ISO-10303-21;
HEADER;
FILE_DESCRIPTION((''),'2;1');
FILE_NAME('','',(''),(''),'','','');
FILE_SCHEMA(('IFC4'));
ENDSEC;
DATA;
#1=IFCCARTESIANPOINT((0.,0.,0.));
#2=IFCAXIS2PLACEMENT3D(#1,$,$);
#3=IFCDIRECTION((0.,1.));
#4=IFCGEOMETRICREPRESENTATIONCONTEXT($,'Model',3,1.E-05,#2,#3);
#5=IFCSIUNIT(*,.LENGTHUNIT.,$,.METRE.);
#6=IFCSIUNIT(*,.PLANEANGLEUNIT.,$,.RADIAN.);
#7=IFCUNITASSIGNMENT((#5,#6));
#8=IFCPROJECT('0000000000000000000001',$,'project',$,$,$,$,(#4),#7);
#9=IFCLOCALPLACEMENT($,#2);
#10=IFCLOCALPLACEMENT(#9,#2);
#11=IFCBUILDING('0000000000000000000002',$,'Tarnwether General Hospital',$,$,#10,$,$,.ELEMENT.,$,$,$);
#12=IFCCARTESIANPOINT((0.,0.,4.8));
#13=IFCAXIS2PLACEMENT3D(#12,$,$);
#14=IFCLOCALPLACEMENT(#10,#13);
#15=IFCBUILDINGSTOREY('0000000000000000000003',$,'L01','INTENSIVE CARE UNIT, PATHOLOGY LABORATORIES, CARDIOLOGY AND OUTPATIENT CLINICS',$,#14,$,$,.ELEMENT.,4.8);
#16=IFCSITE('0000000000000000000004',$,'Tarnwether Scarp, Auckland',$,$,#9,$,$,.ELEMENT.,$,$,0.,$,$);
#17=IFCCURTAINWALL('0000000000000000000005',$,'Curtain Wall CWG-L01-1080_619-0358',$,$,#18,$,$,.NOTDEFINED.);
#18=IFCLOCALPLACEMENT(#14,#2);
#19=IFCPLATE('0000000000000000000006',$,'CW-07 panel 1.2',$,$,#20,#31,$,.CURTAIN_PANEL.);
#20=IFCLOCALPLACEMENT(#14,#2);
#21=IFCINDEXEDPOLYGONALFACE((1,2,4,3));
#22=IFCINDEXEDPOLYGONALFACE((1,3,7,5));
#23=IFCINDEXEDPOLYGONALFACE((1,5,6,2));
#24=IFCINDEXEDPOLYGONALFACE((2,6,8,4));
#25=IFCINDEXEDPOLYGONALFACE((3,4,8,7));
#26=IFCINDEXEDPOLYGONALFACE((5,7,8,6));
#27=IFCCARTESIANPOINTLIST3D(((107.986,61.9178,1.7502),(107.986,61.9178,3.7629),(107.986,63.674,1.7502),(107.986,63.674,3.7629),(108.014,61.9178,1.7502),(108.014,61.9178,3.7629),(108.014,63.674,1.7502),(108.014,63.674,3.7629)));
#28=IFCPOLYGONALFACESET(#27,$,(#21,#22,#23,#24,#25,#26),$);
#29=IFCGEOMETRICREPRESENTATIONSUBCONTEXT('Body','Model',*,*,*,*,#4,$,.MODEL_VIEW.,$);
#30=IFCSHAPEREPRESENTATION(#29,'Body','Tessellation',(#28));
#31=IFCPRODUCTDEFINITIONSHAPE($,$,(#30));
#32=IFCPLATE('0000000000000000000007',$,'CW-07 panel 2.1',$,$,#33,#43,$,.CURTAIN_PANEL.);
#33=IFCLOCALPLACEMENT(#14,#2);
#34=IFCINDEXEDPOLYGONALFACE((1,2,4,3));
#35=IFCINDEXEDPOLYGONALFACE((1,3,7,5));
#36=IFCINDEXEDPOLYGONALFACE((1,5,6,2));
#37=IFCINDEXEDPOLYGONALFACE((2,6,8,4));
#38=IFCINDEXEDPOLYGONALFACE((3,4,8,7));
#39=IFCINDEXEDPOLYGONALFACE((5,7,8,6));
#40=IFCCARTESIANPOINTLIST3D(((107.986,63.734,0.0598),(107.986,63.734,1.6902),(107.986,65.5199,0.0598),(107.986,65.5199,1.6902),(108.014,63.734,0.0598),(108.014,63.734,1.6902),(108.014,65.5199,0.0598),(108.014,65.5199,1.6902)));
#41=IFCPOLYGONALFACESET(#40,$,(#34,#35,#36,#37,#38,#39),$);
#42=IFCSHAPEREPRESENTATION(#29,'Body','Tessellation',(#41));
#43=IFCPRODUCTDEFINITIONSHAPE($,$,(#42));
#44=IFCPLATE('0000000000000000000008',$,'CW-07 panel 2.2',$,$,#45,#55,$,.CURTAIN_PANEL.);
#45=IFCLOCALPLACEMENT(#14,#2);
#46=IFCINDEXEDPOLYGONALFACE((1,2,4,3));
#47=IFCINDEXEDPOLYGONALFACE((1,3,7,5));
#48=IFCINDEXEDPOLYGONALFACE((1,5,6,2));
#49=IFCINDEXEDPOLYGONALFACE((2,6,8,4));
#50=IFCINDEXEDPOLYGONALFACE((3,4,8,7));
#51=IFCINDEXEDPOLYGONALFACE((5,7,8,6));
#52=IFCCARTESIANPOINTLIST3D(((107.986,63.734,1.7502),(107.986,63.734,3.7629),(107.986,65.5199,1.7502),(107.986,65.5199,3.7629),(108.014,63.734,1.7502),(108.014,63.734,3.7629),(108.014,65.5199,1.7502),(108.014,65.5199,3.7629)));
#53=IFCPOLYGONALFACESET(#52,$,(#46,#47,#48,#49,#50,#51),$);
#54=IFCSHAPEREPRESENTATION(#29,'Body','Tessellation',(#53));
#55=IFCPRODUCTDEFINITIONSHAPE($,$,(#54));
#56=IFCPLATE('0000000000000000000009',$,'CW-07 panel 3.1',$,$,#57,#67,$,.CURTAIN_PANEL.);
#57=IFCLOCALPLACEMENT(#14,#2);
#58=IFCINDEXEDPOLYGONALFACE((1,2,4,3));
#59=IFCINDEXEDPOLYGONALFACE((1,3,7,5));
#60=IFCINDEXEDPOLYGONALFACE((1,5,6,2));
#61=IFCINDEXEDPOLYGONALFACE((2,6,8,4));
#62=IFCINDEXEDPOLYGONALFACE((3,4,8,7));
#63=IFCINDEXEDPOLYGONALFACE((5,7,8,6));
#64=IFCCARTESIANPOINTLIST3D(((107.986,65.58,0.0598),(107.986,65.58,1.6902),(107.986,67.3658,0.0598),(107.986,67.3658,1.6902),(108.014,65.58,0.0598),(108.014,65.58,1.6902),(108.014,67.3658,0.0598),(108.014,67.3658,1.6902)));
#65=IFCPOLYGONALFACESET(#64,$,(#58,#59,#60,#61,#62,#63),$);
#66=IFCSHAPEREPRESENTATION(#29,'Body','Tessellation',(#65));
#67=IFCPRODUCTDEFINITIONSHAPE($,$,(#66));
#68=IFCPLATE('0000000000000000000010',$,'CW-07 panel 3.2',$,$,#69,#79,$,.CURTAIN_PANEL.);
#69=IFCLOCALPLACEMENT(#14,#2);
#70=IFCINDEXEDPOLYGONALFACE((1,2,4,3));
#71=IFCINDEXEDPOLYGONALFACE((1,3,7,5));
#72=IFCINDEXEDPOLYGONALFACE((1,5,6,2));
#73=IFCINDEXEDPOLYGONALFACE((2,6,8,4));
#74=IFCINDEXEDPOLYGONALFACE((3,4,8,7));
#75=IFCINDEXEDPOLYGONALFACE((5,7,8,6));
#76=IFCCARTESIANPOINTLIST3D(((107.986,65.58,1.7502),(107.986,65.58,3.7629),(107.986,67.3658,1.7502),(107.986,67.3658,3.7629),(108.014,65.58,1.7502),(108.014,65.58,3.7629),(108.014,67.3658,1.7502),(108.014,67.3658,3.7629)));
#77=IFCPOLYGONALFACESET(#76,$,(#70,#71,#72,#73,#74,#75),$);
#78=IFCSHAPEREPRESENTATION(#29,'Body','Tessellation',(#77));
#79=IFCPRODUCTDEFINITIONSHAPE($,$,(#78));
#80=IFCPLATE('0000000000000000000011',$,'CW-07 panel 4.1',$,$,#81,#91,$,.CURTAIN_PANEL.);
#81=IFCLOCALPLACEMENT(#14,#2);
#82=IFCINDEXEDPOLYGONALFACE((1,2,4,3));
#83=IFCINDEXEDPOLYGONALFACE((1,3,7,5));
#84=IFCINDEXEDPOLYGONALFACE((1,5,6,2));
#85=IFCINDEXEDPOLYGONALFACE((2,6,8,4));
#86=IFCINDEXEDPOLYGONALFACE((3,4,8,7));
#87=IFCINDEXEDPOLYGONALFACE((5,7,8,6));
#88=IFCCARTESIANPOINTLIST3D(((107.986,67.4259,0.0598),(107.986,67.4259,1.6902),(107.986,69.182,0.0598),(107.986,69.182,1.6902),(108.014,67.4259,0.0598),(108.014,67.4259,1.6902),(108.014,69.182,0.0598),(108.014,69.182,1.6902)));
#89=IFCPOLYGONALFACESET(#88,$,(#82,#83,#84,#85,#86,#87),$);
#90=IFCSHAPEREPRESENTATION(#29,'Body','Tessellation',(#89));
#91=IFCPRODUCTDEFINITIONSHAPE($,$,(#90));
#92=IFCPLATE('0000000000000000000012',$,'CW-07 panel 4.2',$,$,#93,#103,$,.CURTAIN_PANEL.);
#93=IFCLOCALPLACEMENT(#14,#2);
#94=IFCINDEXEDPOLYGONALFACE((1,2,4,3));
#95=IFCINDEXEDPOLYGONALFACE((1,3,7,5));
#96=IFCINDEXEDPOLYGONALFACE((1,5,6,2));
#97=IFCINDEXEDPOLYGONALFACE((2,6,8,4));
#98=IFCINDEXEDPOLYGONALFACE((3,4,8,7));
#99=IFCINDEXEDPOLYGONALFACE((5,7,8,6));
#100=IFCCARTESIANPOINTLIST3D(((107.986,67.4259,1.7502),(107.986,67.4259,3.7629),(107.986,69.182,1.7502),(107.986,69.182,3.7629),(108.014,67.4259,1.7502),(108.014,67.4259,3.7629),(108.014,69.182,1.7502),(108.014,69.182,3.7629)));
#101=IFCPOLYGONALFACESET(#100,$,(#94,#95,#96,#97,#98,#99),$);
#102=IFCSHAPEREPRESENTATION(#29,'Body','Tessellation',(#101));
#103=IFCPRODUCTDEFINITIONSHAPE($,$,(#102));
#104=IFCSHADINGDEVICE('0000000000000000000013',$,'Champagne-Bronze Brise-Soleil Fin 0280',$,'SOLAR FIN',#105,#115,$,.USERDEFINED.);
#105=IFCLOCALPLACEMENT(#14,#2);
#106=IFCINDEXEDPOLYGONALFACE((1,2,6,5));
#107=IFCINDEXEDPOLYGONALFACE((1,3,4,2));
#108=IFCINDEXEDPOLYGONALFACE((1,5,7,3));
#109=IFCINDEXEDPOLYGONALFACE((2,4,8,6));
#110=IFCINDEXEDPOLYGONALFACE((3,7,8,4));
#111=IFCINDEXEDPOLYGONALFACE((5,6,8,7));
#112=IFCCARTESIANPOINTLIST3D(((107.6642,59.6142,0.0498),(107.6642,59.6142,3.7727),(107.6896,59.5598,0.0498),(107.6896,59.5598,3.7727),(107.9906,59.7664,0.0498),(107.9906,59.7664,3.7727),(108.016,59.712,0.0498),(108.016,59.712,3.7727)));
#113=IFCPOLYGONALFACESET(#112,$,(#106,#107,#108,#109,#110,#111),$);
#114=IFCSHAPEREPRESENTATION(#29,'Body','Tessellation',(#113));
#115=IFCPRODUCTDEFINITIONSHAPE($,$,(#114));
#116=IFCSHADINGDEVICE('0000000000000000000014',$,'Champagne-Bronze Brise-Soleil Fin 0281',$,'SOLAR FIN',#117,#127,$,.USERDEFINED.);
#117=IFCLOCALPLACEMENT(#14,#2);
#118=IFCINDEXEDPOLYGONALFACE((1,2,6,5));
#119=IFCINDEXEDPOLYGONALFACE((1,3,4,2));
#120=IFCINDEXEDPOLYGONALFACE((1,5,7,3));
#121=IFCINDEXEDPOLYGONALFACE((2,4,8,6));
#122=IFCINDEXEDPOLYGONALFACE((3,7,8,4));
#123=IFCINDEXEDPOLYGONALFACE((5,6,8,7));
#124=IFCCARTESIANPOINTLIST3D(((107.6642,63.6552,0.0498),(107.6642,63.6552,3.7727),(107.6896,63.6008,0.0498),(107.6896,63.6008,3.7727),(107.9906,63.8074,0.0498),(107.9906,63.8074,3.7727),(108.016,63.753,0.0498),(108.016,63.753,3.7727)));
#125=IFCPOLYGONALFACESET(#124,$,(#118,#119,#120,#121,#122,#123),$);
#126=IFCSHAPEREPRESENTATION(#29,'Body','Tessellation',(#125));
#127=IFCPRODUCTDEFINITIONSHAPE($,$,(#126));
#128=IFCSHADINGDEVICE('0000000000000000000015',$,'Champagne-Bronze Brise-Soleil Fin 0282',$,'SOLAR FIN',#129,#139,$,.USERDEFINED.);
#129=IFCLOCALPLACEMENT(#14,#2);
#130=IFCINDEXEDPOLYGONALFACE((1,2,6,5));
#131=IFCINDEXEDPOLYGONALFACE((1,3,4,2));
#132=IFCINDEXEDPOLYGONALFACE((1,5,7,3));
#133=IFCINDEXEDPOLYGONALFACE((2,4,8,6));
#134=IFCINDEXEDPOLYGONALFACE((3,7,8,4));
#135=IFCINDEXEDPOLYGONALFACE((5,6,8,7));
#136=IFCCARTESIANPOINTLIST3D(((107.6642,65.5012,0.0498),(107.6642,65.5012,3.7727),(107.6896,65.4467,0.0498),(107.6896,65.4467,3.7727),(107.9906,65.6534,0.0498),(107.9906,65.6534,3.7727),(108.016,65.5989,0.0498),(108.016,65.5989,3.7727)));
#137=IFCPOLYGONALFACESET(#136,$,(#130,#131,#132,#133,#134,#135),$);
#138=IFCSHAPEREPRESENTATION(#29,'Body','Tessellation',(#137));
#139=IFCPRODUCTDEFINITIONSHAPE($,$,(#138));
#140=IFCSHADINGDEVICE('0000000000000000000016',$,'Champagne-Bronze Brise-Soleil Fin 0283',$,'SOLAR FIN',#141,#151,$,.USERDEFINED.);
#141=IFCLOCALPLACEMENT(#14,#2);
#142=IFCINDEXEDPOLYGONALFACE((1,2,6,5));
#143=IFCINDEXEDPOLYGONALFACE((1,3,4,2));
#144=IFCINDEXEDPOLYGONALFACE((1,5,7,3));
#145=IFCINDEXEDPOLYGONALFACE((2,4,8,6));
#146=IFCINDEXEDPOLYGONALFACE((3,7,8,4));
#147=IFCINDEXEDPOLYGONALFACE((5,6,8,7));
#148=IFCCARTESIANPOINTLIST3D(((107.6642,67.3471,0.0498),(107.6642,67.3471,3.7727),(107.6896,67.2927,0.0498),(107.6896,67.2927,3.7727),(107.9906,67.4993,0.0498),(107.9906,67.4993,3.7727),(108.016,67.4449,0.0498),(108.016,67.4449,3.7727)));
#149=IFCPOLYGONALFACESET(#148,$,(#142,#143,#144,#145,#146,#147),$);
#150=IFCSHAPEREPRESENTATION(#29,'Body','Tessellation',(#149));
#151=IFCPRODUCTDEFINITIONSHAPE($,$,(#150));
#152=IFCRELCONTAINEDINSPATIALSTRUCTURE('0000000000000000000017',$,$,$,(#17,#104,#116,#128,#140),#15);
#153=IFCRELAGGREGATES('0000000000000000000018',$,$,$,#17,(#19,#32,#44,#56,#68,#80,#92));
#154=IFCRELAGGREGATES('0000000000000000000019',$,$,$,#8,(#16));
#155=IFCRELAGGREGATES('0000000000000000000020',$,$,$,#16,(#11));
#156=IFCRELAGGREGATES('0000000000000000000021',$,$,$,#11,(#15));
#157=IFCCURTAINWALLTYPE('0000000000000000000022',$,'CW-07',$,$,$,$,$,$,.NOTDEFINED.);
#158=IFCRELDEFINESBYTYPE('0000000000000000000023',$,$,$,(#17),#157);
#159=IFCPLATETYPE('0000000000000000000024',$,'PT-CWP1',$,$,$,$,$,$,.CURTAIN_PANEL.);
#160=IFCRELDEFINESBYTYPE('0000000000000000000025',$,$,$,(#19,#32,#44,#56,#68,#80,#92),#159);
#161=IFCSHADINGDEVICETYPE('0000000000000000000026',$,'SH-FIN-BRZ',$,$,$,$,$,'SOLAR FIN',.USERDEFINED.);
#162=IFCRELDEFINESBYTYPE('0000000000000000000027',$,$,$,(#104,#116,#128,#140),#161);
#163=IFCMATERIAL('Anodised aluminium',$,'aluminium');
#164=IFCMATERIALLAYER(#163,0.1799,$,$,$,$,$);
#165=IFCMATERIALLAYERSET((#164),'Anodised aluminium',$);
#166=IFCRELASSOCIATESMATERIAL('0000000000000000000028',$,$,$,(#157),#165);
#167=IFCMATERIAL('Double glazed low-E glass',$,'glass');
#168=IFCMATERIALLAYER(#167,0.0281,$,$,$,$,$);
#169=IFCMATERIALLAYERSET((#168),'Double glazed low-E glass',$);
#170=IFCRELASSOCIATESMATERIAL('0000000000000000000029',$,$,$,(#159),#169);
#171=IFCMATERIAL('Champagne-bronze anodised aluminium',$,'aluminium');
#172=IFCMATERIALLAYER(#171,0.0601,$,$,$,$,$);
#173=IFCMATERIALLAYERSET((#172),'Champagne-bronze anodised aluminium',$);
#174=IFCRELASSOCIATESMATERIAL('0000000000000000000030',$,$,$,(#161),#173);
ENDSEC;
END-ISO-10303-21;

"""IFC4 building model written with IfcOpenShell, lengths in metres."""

from ifc_helpers import new_model, si_unit, direction, frame, origin, origin_2d, place, context, subcontext, project, spatial, rectangle, extrude, material, layer, layer_set, type_object, element, aggregate, save


model = new_model("IFC4")

# Units and contexts
model_context = context("Model", 3, precision=1e-05, world=origin(), true_north=direction((0.0, 1.0)))
body_context = subcontext(model_context, "Body", "Model", "MODEL_VIEW")
ifc_project = project(units=[si_unit("LENGTHUNIT", "METRE"), si_unit("PLANEANGLEUNIT", "RADIAN")], contexts=[model_context])

# Site, building, storey
site_placement = place(None, origin())
site = spatial("IfcSite", under=ifc_project, at=site_placement, Name="Tarnwether Scarp, Auckland", CompositionType="ELEMENT", RefElevation=0.0)
building_placement = place(site_placement, origin())
building = spatial("IfcBuilding", under=site, at=building_placement, Name="Tarnwether General Hospital", CompositionType="ELEMENT")
storey_placement = place(building_placement, frame((0.0, 0.0, 4.8)))
storey = spatial("IfcBuildingStorey", under=building, at=storey_placement, Name="L01", Description="INTENSIVE CARE UNIT, PATHOLOGY LABORATORIES, CARDIOLOGY AND OUTPATIENT CLINICS", CompositionType="ELEMENT", Elevation=4.8)

# Curtain wall
ifc_material_1 = material(Name="Anodised aluminium", Category="aluminium")
ifc_layer_1 = layer(ifc_material_1, 0.1799)
ifc_layer_set_1 = layer_set([ifc_layer_1], Name="Anodised aluminium")
curtain_wall_type = type_object("IfcCurtainWallType", Name="CW-07", PredefinedType="NOTDEFINED", material=ifc_layer_set_1)
curtain_wall_1_placement = place(storey_placement, origin())
curtain_wall_1 = element("IfcCurtainWall", 1, at=curtain_wall_1_placement, inside=storey, type_object=curtain_wall_type, Name="Curtain Wall CWG-L01-1080_619-0358", PredefinedType="NOTDEFINED")

# Plates
ifc_material_2 = material(Name="Double glazed low-E glass", Category="glass")
ifc_layer_2 = layer(ifc_material_2, 0.0281)
ifc_layer_set_2 = layer_set([ifc_layer_2], Name="Double glazed low-E glass")
plate_type = type_object("IfcPlateType", Name="PT-CWP1", PredefinedType="CURTAIN_PANEL", material=ifc_layer_set_2)
plate_1_placement = place(storey_placement, frame((108.0, 62.7959, 1.7502), z_axis=(0.0, 0.0, 1.0), x_axis=(0.0, 1.0, 0.0)))
plate_1 = element("IfcPlate", 2, at=plate_1_placement, type_object=plate_type, Name="CW-07 panel 1.2", PredefinedType="CURTAIN_PANEL", context=body_context, shape_type="SweptSolid", body=[
    extrude(rectangle(XDim=1.7561, YDim=0.0281, at=origin_2d()), origin(), (0.0, 0.0, 1.0), 2.0127),
])
plate_2_placement = place(storey_placement, frame((108.0, 64.627, 0.0598), z_axis=(0.0, 0.0, 1.0), x_axis=(0.0, 1.0, 0.0)))
plate_2 = element("IfcPlate", 3, at=plate_2_placement, type_object=plate_type, Name="CW-07 panel 2.1", PredefinedType="CURTAIN_PANEL", context=body_context, shape_type="SweptSolid", body=[
    extrude(rectangle(XDim=1.7859, YDim=0.0281, at=origin_2d()), origin(), (0.0, 0.0, 1.0), 1.6304),
])
plate_3_placement = place(storey_placement, frame((108.0, 64.627, 1.7502), z_axis=(0.0, 0.0, 1.0), x_axis=(0.0, 1.0, 0.0)))
plate_3 = element("IfcPlate", 4, at=plate_3_placement, type_object=plate_type, Name="CW-07 panel 2.2", PredefinedType="CURTAIN_PANEL", context=body_context, shape_type="SweptSolid", body=[
    extrude(rectangle(XDim=1.7859, YDim=0.0281, at=origin_2d()), origin(), (0.0, 0.0, 1.0), 2.0127),
])
plate_4_placement = place(storey_placement, frame((108.0, 66.4729, 0.0598), z_axis=(0.0, 0.0, 1.0), x_axis=(0.0, 1.0, 0.0)))
plate_4 = element("IfcPlate", 5, at=plate_4_placement, type_object=plate_type, Name="CW-07 panel 3.1", PredefinedType="CURTAIN_PANEL", context=body_context, shape_type="SweptSolid", body=[
    extrude(rectangle(XDim=1.7859, YDim=0.0281, at=origin_2d()), origin(), (0.0, 0.0, 1.0), 1.6304),
])
plate_5_placement = place(storey_placement, frame((108.0, 66.4729, 1.7502), z_axis=(0.0, 0.0, 1.0), x_axis=(0.0, 1.0, 0.0)))
plate_5 = element("IfcPlate", 6, at=plate_5_placement, type_object=plate_type, Name="CW-07 panel 3.2", PredefinedType="CURTAIN_PANEL", context=body_context, shape_type="SweptSolid", body=[
    extrude(rectangle(XDim=1.7859, YDim=0.0281, at=origin_2d()), origin(), (0.0, 0.0, 1.0), 2.0127),
])
plate_6_placement = place(storey_placement, frame((108.0, 68.304, 0.0598), z_axis=(0.0, 0.0, 1.0), x_axis=(0.0, 1.0, 0.0)))
plate_6 = element("IfcPlate", 7, at=plate_6_placement, type_object=plate_type, Name="CW-07 panel 4.1", PredefinedType="CURTAIN_PANEL", context=body_context, shape_type="SweptSolid", body=[
    extrude(rectangle(XDim=1.7561, YDim=0.0281, at=origin_2d()), origin(), (0.0, 0.0, 1.0), 1.6304),
])
plate_7_placement = place(storey_placement, frame((108.0, 68.304, 1.7502), z_axis=(0.0, 0.0, 1.0), x_axis=(0.0, 1.0, 0.0)))
plate_7 = element("IfcPlate", 8, at=plate_7_placement, type_object=plate_type, Name="CW-07 panel 4.2", PredefinedType="CURTAIN_PANEL", context=body_context, shape_type="SweptSolid", body=[
    extrude(rectangle(XDim=1.7561, YDim=0.0281, at=origin_2d()), origin(), (0.0, 0.0, 1.0), 2.0127),
])
aggregate(curtain_wall_1, [plate_1, plate_2, plate_3, plate_4, plate_5, plate_6, plate_7])

# Shading devices
ifc_material_3 = material(Name="Champagne-bronze anodised aluminium", Category="aluminium")
ifc_layer_3 = layer(ifc_material_3, 0.0601)
ifc_layer_set_3 = layer_set([ifc_layer_3], Name="Champagne-bronze anodised aluminium")
shading_device_type = type_object("IfcShadingDeviceType", Name="SH-FIN-BRZ", ElementType="SOLAR FIN", PredefinedType="USERDEFINED", material=ifc_layer_set_3)
for number, where, z_axis, x_axis, name in (
    (9, (107.8401, 59.6631, 0.0498), (0.0, 0.0, 1.0), (-0.422618, 0.906308, 0.0), "Champagne-Bronze Brise-Soleil Fin 0280"),
    (10, (107.8401, 63.7041, 0.0498), (0.0, 0.0, 1.0), (-0.422618, 0.906308, 0.0), "Champagne-Bronze Brise-Soleil Fin 0281"),
    (11, (107.8401, 65.55, 0.0498), (0.0, 0.0, 1.0), (-0.422618, 0.906308, 0.0), "Champagne-Bronze Brise-Soleil Fin 0282"),
    (12, (107.8401, 67.396, 0.0498), (0.0, 0.0, 1.0), (-0.422618, 0.906308, 0.0), "Champagne-Bronze Brise-Soleil Fin 0283"),
):
    element("IfcShadingDevice", number, at=place(storey_placement, frame(where, z_axis=z_axis, x_axis=x_axis)), inside=storey, type_object=shading_device_type, Name=name, ObjectType="SOLAR FIN", PredefinedType="USERDEFINED", context=body_context, shape_type="SweptSolid", body=[
        extrude(rectangle(XDim=0.0601, YDim=0.3601, at=origin_2d()), origin(), (0.0, 0.0, 1.0), 3.7229),
    ])

save(model, "model.ifc")
